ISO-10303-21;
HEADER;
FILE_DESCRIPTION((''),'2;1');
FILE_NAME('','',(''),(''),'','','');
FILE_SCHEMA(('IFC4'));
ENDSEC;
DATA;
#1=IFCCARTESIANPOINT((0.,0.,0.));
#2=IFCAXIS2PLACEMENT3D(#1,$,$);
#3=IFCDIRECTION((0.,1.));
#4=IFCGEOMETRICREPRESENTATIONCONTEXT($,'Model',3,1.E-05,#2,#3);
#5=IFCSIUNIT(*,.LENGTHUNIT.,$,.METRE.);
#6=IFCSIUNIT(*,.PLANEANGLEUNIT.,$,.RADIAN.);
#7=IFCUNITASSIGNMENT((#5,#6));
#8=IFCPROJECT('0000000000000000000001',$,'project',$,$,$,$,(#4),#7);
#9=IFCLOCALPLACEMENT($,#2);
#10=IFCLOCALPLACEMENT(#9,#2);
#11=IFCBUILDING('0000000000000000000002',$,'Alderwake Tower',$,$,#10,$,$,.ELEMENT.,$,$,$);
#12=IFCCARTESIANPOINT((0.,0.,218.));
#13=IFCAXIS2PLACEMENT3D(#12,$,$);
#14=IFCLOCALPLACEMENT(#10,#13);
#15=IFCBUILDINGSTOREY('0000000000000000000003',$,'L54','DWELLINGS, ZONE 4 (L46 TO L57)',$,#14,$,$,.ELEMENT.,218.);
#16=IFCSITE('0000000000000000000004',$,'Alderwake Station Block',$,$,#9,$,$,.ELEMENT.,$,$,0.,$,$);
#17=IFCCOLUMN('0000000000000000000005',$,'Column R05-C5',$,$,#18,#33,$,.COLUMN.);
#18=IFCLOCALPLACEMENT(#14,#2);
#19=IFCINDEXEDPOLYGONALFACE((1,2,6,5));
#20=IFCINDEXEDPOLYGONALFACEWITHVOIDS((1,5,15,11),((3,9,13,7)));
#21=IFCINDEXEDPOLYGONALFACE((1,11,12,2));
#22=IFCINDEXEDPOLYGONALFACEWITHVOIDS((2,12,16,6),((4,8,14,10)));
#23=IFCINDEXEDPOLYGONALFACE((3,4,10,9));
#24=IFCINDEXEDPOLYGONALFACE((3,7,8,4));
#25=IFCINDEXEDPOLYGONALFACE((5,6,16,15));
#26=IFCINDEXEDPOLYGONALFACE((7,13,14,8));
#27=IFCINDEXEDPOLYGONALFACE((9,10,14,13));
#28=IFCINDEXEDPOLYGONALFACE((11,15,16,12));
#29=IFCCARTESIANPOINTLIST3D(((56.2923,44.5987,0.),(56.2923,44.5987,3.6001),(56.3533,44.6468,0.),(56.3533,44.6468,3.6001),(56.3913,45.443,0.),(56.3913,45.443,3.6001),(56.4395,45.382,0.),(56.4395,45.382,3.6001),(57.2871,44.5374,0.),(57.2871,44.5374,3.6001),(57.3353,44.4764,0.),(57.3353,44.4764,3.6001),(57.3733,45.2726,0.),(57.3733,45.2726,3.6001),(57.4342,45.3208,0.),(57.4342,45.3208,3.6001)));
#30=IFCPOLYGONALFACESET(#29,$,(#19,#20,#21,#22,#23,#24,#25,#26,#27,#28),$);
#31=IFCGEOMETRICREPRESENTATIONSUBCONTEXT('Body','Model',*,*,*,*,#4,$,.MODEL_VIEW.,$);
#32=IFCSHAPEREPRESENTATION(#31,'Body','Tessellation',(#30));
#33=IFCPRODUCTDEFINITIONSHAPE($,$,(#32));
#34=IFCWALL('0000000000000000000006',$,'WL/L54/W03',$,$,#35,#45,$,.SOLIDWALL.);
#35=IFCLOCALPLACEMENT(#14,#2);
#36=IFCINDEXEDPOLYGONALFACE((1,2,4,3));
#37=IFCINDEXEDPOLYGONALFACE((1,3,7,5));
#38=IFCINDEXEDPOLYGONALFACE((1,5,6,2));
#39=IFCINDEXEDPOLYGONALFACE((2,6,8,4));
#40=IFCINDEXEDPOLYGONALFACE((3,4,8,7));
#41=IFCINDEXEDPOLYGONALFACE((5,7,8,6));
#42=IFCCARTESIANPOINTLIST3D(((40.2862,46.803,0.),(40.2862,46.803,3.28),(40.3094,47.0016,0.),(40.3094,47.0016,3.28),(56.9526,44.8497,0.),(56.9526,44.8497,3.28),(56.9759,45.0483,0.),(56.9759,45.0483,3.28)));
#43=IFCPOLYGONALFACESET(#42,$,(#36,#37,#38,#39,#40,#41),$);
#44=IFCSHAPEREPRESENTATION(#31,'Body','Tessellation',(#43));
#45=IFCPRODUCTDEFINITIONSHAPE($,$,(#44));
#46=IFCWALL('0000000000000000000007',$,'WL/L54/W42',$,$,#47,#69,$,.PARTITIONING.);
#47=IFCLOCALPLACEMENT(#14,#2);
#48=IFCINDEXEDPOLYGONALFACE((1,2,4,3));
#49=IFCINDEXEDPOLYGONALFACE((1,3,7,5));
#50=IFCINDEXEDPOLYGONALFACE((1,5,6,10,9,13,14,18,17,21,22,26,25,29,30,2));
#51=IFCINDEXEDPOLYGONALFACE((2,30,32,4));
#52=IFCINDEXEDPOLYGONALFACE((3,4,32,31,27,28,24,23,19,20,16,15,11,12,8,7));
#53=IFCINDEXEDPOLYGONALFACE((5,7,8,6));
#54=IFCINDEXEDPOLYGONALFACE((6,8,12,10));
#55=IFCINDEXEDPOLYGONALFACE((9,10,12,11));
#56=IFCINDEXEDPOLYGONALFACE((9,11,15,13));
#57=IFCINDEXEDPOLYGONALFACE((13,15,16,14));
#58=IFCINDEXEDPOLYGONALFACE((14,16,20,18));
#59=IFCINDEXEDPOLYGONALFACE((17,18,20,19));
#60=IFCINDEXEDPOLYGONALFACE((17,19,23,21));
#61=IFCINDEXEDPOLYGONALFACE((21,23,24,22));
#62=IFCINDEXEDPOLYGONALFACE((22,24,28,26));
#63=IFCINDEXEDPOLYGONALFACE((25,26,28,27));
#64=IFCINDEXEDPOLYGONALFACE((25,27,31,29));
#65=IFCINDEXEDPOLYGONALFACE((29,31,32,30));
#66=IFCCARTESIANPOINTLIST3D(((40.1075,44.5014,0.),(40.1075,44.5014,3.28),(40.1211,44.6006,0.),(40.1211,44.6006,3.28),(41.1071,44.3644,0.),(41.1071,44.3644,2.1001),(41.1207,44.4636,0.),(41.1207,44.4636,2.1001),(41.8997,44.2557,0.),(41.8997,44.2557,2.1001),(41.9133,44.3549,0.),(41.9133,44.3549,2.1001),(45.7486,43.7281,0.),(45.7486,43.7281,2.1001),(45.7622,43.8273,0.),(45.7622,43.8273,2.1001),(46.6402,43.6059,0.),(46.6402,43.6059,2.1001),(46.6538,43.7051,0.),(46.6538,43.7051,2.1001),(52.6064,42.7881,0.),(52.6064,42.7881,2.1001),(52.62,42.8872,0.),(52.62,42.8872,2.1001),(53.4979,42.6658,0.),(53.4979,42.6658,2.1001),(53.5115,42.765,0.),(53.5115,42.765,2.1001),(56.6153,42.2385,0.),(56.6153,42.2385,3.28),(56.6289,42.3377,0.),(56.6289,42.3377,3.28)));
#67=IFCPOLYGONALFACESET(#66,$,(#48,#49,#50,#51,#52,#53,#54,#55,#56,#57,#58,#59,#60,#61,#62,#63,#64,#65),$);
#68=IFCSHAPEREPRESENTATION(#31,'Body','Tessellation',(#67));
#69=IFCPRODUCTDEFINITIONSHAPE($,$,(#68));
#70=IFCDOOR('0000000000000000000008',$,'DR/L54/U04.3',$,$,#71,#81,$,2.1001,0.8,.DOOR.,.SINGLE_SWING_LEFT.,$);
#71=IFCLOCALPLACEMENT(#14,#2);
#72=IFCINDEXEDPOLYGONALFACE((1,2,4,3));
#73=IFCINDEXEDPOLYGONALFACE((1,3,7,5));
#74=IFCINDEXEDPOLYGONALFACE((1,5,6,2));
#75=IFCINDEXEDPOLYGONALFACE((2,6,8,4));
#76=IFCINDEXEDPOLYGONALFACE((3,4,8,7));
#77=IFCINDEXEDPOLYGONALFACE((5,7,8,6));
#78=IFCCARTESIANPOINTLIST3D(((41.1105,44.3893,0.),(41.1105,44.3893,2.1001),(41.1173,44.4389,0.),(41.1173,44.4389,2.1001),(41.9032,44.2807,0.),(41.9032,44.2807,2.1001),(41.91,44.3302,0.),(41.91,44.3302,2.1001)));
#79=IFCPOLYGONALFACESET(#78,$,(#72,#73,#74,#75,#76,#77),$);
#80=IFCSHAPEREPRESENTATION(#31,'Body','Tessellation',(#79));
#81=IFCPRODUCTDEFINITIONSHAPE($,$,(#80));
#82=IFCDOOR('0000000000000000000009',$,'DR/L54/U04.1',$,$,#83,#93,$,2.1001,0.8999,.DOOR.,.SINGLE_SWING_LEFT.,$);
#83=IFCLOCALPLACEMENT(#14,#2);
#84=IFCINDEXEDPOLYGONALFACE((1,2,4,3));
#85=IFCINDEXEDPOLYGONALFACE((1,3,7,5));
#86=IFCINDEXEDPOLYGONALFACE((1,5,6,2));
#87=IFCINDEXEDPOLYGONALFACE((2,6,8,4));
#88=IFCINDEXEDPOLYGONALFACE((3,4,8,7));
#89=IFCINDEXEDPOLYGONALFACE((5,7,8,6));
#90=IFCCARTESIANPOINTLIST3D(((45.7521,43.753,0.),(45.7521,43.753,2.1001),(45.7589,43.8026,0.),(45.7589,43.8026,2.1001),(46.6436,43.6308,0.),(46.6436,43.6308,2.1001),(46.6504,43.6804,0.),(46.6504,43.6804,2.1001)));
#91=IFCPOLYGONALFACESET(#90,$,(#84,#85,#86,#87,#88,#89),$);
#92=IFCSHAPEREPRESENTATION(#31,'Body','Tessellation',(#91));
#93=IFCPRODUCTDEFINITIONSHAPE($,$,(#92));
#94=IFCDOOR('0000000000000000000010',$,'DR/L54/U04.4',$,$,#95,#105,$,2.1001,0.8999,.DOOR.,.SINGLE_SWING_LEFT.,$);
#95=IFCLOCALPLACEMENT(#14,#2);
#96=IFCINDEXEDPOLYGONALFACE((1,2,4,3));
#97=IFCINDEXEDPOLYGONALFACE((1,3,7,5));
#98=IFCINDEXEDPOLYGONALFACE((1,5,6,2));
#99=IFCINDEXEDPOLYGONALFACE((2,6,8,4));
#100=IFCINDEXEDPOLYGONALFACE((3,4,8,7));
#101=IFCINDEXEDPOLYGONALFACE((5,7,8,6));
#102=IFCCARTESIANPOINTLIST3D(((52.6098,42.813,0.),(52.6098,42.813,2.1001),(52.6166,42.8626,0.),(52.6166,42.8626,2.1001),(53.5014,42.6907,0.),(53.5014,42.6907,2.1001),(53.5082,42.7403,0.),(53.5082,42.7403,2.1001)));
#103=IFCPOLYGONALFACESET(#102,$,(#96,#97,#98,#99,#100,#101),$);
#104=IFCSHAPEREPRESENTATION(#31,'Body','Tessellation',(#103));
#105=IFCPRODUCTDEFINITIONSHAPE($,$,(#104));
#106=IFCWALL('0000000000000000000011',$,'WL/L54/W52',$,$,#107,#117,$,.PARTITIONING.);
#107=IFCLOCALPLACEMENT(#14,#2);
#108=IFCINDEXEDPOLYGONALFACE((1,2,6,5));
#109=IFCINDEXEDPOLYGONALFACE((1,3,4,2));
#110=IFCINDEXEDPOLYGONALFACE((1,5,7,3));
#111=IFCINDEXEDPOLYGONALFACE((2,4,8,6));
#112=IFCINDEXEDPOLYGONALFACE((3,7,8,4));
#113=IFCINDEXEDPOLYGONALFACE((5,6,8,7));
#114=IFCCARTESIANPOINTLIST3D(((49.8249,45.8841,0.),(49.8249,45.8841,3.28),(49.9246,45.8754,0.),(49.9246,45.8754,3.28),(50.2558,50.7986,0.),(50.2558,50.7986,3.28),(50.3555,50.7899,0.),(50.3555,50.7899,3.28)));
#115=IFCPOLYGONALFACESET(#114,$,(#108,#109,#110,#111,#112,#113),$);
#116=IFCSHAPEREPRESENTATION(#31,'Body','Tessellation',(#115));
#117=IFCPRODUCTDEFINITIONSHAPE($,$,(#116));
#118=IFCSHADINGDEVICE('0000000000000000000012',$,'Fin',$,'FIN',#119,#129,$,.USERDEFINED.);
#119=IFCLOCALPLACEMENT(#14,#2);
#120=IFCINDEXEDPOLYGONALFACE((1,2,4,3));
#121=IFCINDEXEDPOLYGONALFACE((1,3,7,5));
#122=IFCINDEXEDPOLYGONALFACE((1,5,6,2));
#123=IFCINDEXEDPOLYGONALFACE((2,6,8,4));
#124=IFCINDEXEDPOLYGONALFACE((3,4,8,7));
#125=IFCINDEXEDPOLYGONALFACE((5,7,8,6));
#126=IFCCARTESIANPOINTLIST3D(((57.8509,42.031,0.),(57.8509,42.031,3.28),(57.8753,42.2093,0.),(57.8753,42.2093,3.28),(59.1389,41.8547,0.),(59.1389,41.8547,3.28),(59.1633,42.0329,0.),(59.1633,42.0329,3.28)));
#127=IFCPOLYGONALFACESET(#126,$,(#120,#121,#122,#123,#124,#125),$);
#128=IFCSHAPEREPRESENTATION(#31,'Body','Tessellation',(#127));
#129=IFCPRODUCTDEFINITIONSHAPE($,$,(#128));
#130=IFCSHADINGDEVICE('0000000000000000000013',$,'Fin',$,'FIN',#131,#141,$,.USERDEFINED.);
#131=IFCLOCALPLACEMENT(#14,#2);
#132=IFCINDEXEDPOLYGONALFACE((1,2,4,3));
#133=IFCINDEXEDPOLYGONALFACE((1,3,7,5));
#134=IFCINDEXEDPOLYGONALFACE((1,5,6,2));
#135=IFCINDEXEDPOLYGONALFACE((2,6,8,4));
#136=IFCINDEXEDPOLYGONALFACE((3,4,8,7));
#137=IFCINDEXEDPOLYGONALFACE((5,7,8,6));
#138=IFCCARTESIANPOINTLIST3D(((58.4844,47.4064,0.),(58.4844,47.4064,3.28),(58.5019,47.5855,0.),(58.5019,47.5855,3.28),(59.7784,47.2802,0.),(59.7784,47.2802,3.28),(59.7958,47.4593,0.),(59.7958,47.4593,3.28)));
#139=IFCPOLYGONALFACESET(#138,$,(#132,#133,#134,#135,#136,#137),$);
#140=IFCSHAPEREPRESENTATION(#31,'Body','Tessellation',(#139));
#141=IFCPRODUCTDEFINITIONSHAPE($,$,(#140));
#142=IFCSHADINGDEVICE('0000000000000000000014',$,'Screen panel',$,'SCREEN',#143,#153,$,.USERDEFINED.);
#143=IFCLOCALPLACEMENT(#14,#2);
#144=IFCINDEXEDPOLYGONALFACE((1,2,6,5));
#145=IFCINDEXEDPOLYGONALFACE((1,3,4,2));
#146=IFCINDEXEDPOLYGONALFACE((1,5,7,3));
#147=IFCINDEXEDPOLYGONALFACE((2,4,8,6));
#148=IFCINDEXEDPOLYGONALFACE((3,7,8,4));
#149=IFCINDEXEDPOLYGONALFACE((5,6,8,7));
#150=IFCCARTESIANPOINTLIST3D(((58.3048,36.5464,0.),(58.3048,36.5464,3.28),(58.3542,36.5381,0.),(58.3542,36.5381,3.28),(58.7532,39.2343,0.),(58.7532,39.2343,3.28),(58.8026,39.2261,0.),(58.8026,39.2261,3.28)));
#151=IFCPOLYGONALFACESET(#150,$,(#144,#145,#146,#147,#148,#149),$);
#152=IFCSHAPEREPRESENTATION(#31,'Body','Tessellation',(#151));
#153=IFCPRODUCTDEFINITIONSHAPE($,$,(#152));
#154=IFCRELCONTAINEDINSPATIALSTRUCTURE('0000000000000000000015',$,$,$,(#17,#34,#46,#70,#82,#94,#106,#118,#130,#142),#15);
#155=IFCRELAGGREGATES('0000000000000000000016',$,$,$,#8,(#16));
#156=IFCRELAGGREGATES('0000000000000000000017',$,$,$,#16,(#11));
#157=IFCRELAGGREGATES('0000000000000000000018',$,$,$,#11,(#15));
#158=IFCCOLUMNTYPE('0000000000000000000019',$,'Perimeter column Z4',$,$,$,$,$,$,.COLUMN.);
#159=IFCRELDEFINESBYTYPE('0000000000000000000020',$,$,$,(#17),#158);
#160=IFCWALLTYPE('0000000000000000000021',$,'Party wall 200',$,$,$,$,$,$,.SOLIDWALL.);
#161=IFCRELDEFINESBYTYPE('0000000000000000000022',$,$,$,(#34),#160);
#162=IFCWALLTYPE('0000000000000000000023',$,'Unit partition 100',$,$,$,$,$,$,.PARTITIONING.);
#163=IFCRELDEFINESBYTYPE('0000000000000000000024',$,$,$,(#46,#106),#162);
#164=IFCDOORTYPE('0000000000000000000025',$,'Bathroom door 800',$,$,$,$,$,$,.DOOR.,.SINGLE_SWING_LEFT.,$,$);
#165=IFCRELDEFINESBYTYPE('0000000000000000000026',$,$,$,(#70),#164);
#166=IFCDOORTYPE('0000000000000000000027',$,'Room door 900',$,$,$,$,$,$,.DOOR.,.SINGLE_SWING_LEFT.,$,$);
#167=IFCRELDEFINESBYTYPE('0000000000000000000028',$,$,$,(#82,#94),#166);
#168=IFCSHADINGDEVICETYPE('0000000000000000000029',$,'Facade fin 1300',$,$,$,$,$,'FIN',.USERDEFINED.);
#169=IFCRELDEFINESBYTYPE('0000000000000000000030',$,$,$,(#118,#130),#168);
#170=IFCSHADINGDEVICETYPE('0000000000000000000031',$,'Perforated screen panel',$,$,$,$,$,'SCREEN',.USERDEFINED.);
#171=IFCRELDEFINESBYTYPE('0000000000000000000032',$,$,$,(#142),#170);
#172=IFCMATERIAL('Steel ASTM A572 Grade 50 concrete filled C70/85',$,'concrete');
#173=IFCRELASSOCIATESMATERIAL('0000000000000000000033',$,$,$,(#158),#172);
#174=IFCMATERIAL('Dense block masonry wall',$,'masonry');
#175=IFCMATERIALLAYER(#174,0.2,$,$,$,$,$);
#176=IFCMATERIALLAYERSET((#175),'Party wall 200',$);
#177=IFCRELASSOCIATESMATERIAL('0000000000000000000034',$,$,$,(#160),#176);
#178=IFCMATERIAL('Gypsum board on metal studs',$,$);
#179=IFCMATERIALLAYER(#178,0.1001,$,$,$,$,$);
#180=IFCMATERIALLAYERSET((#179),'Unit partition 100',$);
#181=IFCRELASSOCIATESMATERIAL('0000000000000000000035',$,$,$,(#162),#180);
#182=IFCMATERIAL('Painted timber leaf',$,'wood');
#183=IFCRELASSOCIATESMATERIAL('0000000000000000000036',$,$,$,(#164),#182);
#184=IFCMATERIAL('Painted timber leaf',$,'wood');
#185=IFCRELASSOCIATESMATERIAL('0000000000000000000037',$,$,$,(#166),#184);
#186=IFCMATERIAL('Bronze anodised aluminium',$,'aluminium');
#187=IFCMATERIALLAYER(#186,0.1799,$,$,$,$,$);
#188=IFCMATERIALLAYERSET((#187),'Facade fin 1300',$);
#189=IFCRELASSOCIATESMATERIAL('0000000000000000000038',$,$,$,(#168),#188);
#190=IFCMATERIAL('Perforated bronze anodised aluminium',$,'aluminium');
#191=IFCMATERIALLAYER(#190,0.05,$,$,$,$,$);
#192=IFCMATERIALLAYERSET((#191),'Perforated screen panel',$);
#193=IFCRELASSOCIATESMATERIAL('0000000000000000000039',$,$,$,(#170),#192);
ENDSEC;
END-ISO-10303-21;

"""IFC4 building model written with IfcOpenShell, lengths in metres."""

from ifc_helpers import new_model, si_unit, direction, frame, frame_2d, origin, origin_2d, place, context, subcontext, project, spatial, rectangle, hollow_rectangle, extrude, material, layer, layer_set, material_profile, profile_set, type_object, element, fill, save


model = new_model("IFC4")

# Units and contexts
model_context = context("Model", 3, precision=1e-05, world=origin(), true_north=direction((0.0, 1.0)))
body_context = subcontext(model_context, "Body", "Model", "MODEL_VIEW")
ifc_project = project(units=[si_unit("LENGTHUNIT", "METRE"), si_unit("PLANEANGLEUNIT", "RADIAN")], contexts=[model_context])

# Site, building, storey
site_placement = place(None, origin())
site = spatial("IfcSite", under=ifc_project, at=site_placement, Name="Alderwake Station Block", CompositionType="ELEMENT", RefElevation=0.0)
building_placement = place(site_placement, origin())
building = spatial("IfcBuilding", under=site, at=building_placement, Name="Alderwake Tower", CompositionType="ELEMENT")
storey_placement = place(building_placement, frame((0.0, 0.0, 218.0)))
storey = spatial("IfcBuildingStorey", under=building, at=storey_placement, Name="L54", Description="DWELLINGS, ZONE 4 (L46 TO L57)", CompositionType="ELEMENT", Elevation=218.0)

# Column
ifc_material_1 = material(Name="Steel ASTM A572 Grade 50 concrete filled C70/85", Category="concrete")
ifc_material_profile = material_profile(ifc_material_1, hollow_rectangle(XDim=0.8501, YDim=1.05, WallThickness=0.0549, at=origin_2d()), Name="BOX 1050X850X55")
ifc_profile_set = profile_set([ifc_material_profile], Name="Steel ASTM A572 Grade 50 concrete filled C70/85")
column_type = type_object("IfcColumnType", Name="Perimeter column Z4", PredefinedType="COLUMN", material=ifc_profile_set)
column_placement = place(storey_placement, frame((56.8633, 44.9597, 0.0), z_axis=(0.0, 0.0, 1.0), x_axis=(0.116402, 0.993202, 0.0)))
element("IfcColumn", 1, at=column_placement, inside=storey, type_object=column_type, Name="Column R05-C5", PredefinedType="COLUMN", context=body_context, shape_type="SweptSolid", body=[
    extrude(hollow_rectangle(XDim=0.8501, YDim=1.05, WallThickness=0.0549, at=origin_2d()), origin(), (0.0, 0.0, 1.0), 3.6001),
])

# Wall
ifc_material_2 = material(Name="Dense block masonry wall", Category="masonry")
ifc_layer_1 = layer(ifc_material_2, 0.2)
ifc_layer_set_1 = layer_set([ifc_layer_1], Name="Party wall 200")
wall_type_1 = type_object("IfcWallType", Name="Party wall 200", PredefinedType="SOLIDWALL", material=ifc_layer_set_1)
wall_1_placement = place(storey_placement, frame((56.9641, 44.949, 0.0), z_axis=(0.0, 0.0, 1.0), x_axis=(-0.993202, 0.116407, 0.0)))
element("IfcWall", 2, at=wall_1_placement, inside=storey, type_object=wall_type_1, Name="WL/L54/W03", PredefinedType="SOLIDWALL", context=body_context, shape_type="SweptSolid", body=[
    extrude(rectangle(XDim=16.7805, YDim=0.2, at=frame_2d((8.3901, 0.0))), origin(), (0.0, 0.0, 1.0), 3.28),
])

# Wall, openings, doors
ifc_material_3 = material(Name="Gypsum board on metal studs")
ifc_layer_2 = layer(ifc_material_3, 0.1001)
ifc_layer_set_2 = layer_set([ifc_layer_2], Name="Unit partition 100")
wall_type_2 = type_object("IfcWallType", Name="Unit partition 100", PredefinedType="PARTITIONING", material=ifc_layer_set_2)
wall_2_placement = place(storey_placement, frame((56.6221, 42.2881, 0.0), z_axis=(0.0, 0.0, 1.0), x_axis=(-0.990735, 0.135813, 0.0)))
wall_2 = element("IfcWall", 3, at=wall_2_placement, inside=storey, type_object=wall_type_2, Name="WL/L54/W42", PredefinedType="PARTITIONING", context=body_context, shape_type="SweptSolid", body=[
    extrude(rectangle(XDim=16.6621, YDim=0.1001, at=frame_2d((8.3311, 0.0))), origin(), (0.0, 0.0, 1.0), 3.28),
])
opening_1_placement = place(wall_2_placement, frame((10.0684, 0.0, 0.0)))
opening_1 = element("IfcOpeningElement", 4, at=opening_1_placement, cuts=wall_2, PredefinedType="OPENING", context=body_context, shape_type="SweptSolid", body=[
    extrude(rectangle(XDim=0.8999, YDim=2.1001, at=frame_2d((0.45, 1.05))), frame((0.0, 0.0601, 0.0), z_axis=(0.0, -1.0, 0.0), x_axis=(1.0, 0.0, 0.0)), (0.0, 0.0, 1.0), 0.1201),
])
opening_2_placement = place(wall_2_placement, frame((14.8533, 0.0, 0.0)))
opening_2 = element("IfcOpeningElement", 5, at=opening_2_placement, cuts=wall_2, PredefinedType="OPENING", context=body_context, shape_type="SweptSolid", body=[
    extrude(rectangle(XDim=0.8, YDim=2.1001, at=frame_2d((0.3999, 1.05))), frame((0.0, 0.0601, 0.0), z_axis=(0.0, -1.0, 0.0), x_axis=(1.0, 0.0, 0.0)), (0.0, 0.0, 1.0), 0.1201),
])
opening_3_placement = place(wall_2_placement, frame((3.1465, 0.0, 0.0)))
opening_3 = element("IfcOpeningElement", 6, at=opening_3_placement, cuts=wall_2, PredefinedType="OPENING", context=body_context, shape_type="SweptSolid", body=[
    extrude(rectangle(XDim=0.8999, YDim=2.1001, at=frame_2d((0.45, 1.05))), frame((0.0, 0.0601, 0.0), z_axis=(0.0, -1.0, 0.0), x_axis=(1.0, 0.0, 0.0)), (0.0, 0.0, 1.0), 0.1201),
])
ifc_material_4 = material(Name="Painted timber leaf", Category="wood")
door_type_1 = type_object("IfcDoorType", Name="Bathroom door 800", OperationType="SINGLE_SWING_LEFT", PredefinedType="DOOR", material=ifc_material_4)
door_1_placement = place(opening_2_placement, origin())
door_1 = element("IfcDoor", 7, at=door_1_placement, inside=storey, type_object=door_type_1, Name="DR/L54/U04.3", OperationType="SINGLE_SWING_LEFT", OverallHeight=2.1001, OverallWidth=0.8, PredefinedType="DOOR", context=body_context, shape_type="SweptSolid", body=[
    extrude(rectangle(XDim=0.8, YDim=2.1001, at=frame_2d((0.3999, 1.05))), frame((0.0, 0.0249, 0.0), z_axis=(0.0, -1.0, 0.0), x_axis=(1.0, 0.0, 0.0)), (0.0, 0.0, 1.0), 0.05),
])
fill(opening_2, door_1)
ifc_material_5 = material(Name="Painted timber leaf", Category="wood")
door_type_2 = type_object("IfcDoorType", Name="Room door 900", OperationType="SINGLE_SWING_LEFT", PredefinedType="DOOR", material=ifc_material_5)
door_2_placement = place(opening_1_placement, origin())
door_2 = element("IfcDoor", 8, at=door_2_placement, inside=storey, type_object=door_type_2, Name="DR/L54/U04.1", OperationType="SINGLE_SWING_LEFT", OverallHeight=2.1001, OverallWidth=0.8999, PredefinedType="DOOR", context=body_context, shape_type="SweptSolid", body=[
    extrude(rectangle(XDim=0.8999, YDim=2.1001, at=frame_2d((0.45, 1.05))), frame((0.0, 0.0249, 0.0), z_axis=(0.0, -1.0, 0.0), x_axis=(1.0, 0.0, 0.0)), (0.0, 0.0, 1.0), 0.05),
])
fill(opening_1, door_2)
door_3_placement = place(opening_3_placement, origin())
door_3 = element("IfcDoor", 9, at=door_3_placement, inside=storey, type_object=door_type_2, Name="DR/L54/U04.4", OperationType="SINGLE_SWING_LEFT", OverallHeight=2.1001, OverallWidth=0.8999, PredefinedType="DOOR", context=body_context, shape_type="SweptSolid", body=[
    extrude(rectangle(XDim=0.8999, YDim=2.1001, at=frame_2d((0.45, 1.05))), frame((0.0, 0.0249, 0.0), z_axis=(0.0, -1.0, 0.0), x_axis=(1.0, 0.0, 0.0)), (0.0, 0.0, 1.0), 0.05),
])
fill(opening_3, door_3)

# Wall
wall_3_placement = place(storey_placement, frame((49.8748, 45.8796, 0.0), z_axis=(0.0, 0.0, 1.0), x_axis=(0.087345, 0.996178, 0.0)))
element("IfcWall", 10, at=wall_3_placement, inside=storey, type_object=wall_type_2, Name="WL/L54/W52", PredefinedType="PARTITIONING", context=body_context, shape_type="SweptSolid", body=[
    extrude(rectangle(XDim=4.9333, YDim=0.1001, at=frame_2d((2.4668, 0.0))), origin(), (0.0, 0.0, 1.0), 3.28),
])

# Shading devices
ifc_material_6 = material(Name="Bronze anodised aluminium", Category="aluminium")
ifc_layer_3 = layer(ifc_material_6, 0.1799)
ifc_layer_set_3 = layer_set([ifc_layer_3], Name="Facade fin 1300")
shading_device_type_1 = type_object("IfcShadingDeviceType", Name="Facade fin 1300", ElementType="FIN", PredefinedType="USERDEFINED", material=ifc_layer_set_3)
for number, where, z_axis, x_axis, name in (
    (11, (58.5071, 42.032, 0.0), (0.0, 0.0, 1.0), (0.990753, -0.135681, 0.0), "Fin"),
    (12, (59.1401, 47.4329, 0.0), (0.0, 0.0, 1.0), (0.99528, -0.097046, 0.0), "Fin"),
):
    element("IfcShadingDevice", number, at=place(storey_placement, frame(where, z_axis=z_axis, x_axis=x_axis)), inside=storey, type_object=shading_device_type_1, Name=name, ObjectType="FIN", PredefinedType="USERDEFINED", context=body_context, shape_type="SweptSolid", body=[
        extrude(rectangle(XDim=1.3, YDim=0.1799, at=origin_2d()), origin(), (0.0, 0.0, 1.0), 3.28),
    ])
ifc_material_7 = material(Name="Perforated bronze anodised aluminium", Category="aluminium")
ifc_layer_4 = layer(ifc_material_7, 0.05)
ifc_layer_set_4 = layer_set([ifc_layer_4], Name="Perforated screen panel")
shading_device_type_2 = type_object("IfcShadingDeviceType", Name="Perforated screen panel", ElementType="SCREEN", PredefinedType="USERDEFINED", material=ifc_layer_set_4)
shading_device_placement = place(storey_placement, frame((58.5537, 37.8862, 0.0), z_axis=(0.0, 0.0, 1.0), x_axis=(0.986369, -0.164548, 0.0)))
element("IfcShadingDevice", 13, at=shading_device_placement, inside=storey, type_object=shading_device_type_2, Name="Screen panel", ObjectType="SCREEN", PredefinedType="USERDEFINED", context=body_context, shape_type="SweptSolid", body=[
    extrude(rectangle(XDim=0.05, YDim=2.7251, at=origin_2d()), origin(), (0.0, 0.0, 1.0), 3.28),
])

save(model, "model.ifc")
